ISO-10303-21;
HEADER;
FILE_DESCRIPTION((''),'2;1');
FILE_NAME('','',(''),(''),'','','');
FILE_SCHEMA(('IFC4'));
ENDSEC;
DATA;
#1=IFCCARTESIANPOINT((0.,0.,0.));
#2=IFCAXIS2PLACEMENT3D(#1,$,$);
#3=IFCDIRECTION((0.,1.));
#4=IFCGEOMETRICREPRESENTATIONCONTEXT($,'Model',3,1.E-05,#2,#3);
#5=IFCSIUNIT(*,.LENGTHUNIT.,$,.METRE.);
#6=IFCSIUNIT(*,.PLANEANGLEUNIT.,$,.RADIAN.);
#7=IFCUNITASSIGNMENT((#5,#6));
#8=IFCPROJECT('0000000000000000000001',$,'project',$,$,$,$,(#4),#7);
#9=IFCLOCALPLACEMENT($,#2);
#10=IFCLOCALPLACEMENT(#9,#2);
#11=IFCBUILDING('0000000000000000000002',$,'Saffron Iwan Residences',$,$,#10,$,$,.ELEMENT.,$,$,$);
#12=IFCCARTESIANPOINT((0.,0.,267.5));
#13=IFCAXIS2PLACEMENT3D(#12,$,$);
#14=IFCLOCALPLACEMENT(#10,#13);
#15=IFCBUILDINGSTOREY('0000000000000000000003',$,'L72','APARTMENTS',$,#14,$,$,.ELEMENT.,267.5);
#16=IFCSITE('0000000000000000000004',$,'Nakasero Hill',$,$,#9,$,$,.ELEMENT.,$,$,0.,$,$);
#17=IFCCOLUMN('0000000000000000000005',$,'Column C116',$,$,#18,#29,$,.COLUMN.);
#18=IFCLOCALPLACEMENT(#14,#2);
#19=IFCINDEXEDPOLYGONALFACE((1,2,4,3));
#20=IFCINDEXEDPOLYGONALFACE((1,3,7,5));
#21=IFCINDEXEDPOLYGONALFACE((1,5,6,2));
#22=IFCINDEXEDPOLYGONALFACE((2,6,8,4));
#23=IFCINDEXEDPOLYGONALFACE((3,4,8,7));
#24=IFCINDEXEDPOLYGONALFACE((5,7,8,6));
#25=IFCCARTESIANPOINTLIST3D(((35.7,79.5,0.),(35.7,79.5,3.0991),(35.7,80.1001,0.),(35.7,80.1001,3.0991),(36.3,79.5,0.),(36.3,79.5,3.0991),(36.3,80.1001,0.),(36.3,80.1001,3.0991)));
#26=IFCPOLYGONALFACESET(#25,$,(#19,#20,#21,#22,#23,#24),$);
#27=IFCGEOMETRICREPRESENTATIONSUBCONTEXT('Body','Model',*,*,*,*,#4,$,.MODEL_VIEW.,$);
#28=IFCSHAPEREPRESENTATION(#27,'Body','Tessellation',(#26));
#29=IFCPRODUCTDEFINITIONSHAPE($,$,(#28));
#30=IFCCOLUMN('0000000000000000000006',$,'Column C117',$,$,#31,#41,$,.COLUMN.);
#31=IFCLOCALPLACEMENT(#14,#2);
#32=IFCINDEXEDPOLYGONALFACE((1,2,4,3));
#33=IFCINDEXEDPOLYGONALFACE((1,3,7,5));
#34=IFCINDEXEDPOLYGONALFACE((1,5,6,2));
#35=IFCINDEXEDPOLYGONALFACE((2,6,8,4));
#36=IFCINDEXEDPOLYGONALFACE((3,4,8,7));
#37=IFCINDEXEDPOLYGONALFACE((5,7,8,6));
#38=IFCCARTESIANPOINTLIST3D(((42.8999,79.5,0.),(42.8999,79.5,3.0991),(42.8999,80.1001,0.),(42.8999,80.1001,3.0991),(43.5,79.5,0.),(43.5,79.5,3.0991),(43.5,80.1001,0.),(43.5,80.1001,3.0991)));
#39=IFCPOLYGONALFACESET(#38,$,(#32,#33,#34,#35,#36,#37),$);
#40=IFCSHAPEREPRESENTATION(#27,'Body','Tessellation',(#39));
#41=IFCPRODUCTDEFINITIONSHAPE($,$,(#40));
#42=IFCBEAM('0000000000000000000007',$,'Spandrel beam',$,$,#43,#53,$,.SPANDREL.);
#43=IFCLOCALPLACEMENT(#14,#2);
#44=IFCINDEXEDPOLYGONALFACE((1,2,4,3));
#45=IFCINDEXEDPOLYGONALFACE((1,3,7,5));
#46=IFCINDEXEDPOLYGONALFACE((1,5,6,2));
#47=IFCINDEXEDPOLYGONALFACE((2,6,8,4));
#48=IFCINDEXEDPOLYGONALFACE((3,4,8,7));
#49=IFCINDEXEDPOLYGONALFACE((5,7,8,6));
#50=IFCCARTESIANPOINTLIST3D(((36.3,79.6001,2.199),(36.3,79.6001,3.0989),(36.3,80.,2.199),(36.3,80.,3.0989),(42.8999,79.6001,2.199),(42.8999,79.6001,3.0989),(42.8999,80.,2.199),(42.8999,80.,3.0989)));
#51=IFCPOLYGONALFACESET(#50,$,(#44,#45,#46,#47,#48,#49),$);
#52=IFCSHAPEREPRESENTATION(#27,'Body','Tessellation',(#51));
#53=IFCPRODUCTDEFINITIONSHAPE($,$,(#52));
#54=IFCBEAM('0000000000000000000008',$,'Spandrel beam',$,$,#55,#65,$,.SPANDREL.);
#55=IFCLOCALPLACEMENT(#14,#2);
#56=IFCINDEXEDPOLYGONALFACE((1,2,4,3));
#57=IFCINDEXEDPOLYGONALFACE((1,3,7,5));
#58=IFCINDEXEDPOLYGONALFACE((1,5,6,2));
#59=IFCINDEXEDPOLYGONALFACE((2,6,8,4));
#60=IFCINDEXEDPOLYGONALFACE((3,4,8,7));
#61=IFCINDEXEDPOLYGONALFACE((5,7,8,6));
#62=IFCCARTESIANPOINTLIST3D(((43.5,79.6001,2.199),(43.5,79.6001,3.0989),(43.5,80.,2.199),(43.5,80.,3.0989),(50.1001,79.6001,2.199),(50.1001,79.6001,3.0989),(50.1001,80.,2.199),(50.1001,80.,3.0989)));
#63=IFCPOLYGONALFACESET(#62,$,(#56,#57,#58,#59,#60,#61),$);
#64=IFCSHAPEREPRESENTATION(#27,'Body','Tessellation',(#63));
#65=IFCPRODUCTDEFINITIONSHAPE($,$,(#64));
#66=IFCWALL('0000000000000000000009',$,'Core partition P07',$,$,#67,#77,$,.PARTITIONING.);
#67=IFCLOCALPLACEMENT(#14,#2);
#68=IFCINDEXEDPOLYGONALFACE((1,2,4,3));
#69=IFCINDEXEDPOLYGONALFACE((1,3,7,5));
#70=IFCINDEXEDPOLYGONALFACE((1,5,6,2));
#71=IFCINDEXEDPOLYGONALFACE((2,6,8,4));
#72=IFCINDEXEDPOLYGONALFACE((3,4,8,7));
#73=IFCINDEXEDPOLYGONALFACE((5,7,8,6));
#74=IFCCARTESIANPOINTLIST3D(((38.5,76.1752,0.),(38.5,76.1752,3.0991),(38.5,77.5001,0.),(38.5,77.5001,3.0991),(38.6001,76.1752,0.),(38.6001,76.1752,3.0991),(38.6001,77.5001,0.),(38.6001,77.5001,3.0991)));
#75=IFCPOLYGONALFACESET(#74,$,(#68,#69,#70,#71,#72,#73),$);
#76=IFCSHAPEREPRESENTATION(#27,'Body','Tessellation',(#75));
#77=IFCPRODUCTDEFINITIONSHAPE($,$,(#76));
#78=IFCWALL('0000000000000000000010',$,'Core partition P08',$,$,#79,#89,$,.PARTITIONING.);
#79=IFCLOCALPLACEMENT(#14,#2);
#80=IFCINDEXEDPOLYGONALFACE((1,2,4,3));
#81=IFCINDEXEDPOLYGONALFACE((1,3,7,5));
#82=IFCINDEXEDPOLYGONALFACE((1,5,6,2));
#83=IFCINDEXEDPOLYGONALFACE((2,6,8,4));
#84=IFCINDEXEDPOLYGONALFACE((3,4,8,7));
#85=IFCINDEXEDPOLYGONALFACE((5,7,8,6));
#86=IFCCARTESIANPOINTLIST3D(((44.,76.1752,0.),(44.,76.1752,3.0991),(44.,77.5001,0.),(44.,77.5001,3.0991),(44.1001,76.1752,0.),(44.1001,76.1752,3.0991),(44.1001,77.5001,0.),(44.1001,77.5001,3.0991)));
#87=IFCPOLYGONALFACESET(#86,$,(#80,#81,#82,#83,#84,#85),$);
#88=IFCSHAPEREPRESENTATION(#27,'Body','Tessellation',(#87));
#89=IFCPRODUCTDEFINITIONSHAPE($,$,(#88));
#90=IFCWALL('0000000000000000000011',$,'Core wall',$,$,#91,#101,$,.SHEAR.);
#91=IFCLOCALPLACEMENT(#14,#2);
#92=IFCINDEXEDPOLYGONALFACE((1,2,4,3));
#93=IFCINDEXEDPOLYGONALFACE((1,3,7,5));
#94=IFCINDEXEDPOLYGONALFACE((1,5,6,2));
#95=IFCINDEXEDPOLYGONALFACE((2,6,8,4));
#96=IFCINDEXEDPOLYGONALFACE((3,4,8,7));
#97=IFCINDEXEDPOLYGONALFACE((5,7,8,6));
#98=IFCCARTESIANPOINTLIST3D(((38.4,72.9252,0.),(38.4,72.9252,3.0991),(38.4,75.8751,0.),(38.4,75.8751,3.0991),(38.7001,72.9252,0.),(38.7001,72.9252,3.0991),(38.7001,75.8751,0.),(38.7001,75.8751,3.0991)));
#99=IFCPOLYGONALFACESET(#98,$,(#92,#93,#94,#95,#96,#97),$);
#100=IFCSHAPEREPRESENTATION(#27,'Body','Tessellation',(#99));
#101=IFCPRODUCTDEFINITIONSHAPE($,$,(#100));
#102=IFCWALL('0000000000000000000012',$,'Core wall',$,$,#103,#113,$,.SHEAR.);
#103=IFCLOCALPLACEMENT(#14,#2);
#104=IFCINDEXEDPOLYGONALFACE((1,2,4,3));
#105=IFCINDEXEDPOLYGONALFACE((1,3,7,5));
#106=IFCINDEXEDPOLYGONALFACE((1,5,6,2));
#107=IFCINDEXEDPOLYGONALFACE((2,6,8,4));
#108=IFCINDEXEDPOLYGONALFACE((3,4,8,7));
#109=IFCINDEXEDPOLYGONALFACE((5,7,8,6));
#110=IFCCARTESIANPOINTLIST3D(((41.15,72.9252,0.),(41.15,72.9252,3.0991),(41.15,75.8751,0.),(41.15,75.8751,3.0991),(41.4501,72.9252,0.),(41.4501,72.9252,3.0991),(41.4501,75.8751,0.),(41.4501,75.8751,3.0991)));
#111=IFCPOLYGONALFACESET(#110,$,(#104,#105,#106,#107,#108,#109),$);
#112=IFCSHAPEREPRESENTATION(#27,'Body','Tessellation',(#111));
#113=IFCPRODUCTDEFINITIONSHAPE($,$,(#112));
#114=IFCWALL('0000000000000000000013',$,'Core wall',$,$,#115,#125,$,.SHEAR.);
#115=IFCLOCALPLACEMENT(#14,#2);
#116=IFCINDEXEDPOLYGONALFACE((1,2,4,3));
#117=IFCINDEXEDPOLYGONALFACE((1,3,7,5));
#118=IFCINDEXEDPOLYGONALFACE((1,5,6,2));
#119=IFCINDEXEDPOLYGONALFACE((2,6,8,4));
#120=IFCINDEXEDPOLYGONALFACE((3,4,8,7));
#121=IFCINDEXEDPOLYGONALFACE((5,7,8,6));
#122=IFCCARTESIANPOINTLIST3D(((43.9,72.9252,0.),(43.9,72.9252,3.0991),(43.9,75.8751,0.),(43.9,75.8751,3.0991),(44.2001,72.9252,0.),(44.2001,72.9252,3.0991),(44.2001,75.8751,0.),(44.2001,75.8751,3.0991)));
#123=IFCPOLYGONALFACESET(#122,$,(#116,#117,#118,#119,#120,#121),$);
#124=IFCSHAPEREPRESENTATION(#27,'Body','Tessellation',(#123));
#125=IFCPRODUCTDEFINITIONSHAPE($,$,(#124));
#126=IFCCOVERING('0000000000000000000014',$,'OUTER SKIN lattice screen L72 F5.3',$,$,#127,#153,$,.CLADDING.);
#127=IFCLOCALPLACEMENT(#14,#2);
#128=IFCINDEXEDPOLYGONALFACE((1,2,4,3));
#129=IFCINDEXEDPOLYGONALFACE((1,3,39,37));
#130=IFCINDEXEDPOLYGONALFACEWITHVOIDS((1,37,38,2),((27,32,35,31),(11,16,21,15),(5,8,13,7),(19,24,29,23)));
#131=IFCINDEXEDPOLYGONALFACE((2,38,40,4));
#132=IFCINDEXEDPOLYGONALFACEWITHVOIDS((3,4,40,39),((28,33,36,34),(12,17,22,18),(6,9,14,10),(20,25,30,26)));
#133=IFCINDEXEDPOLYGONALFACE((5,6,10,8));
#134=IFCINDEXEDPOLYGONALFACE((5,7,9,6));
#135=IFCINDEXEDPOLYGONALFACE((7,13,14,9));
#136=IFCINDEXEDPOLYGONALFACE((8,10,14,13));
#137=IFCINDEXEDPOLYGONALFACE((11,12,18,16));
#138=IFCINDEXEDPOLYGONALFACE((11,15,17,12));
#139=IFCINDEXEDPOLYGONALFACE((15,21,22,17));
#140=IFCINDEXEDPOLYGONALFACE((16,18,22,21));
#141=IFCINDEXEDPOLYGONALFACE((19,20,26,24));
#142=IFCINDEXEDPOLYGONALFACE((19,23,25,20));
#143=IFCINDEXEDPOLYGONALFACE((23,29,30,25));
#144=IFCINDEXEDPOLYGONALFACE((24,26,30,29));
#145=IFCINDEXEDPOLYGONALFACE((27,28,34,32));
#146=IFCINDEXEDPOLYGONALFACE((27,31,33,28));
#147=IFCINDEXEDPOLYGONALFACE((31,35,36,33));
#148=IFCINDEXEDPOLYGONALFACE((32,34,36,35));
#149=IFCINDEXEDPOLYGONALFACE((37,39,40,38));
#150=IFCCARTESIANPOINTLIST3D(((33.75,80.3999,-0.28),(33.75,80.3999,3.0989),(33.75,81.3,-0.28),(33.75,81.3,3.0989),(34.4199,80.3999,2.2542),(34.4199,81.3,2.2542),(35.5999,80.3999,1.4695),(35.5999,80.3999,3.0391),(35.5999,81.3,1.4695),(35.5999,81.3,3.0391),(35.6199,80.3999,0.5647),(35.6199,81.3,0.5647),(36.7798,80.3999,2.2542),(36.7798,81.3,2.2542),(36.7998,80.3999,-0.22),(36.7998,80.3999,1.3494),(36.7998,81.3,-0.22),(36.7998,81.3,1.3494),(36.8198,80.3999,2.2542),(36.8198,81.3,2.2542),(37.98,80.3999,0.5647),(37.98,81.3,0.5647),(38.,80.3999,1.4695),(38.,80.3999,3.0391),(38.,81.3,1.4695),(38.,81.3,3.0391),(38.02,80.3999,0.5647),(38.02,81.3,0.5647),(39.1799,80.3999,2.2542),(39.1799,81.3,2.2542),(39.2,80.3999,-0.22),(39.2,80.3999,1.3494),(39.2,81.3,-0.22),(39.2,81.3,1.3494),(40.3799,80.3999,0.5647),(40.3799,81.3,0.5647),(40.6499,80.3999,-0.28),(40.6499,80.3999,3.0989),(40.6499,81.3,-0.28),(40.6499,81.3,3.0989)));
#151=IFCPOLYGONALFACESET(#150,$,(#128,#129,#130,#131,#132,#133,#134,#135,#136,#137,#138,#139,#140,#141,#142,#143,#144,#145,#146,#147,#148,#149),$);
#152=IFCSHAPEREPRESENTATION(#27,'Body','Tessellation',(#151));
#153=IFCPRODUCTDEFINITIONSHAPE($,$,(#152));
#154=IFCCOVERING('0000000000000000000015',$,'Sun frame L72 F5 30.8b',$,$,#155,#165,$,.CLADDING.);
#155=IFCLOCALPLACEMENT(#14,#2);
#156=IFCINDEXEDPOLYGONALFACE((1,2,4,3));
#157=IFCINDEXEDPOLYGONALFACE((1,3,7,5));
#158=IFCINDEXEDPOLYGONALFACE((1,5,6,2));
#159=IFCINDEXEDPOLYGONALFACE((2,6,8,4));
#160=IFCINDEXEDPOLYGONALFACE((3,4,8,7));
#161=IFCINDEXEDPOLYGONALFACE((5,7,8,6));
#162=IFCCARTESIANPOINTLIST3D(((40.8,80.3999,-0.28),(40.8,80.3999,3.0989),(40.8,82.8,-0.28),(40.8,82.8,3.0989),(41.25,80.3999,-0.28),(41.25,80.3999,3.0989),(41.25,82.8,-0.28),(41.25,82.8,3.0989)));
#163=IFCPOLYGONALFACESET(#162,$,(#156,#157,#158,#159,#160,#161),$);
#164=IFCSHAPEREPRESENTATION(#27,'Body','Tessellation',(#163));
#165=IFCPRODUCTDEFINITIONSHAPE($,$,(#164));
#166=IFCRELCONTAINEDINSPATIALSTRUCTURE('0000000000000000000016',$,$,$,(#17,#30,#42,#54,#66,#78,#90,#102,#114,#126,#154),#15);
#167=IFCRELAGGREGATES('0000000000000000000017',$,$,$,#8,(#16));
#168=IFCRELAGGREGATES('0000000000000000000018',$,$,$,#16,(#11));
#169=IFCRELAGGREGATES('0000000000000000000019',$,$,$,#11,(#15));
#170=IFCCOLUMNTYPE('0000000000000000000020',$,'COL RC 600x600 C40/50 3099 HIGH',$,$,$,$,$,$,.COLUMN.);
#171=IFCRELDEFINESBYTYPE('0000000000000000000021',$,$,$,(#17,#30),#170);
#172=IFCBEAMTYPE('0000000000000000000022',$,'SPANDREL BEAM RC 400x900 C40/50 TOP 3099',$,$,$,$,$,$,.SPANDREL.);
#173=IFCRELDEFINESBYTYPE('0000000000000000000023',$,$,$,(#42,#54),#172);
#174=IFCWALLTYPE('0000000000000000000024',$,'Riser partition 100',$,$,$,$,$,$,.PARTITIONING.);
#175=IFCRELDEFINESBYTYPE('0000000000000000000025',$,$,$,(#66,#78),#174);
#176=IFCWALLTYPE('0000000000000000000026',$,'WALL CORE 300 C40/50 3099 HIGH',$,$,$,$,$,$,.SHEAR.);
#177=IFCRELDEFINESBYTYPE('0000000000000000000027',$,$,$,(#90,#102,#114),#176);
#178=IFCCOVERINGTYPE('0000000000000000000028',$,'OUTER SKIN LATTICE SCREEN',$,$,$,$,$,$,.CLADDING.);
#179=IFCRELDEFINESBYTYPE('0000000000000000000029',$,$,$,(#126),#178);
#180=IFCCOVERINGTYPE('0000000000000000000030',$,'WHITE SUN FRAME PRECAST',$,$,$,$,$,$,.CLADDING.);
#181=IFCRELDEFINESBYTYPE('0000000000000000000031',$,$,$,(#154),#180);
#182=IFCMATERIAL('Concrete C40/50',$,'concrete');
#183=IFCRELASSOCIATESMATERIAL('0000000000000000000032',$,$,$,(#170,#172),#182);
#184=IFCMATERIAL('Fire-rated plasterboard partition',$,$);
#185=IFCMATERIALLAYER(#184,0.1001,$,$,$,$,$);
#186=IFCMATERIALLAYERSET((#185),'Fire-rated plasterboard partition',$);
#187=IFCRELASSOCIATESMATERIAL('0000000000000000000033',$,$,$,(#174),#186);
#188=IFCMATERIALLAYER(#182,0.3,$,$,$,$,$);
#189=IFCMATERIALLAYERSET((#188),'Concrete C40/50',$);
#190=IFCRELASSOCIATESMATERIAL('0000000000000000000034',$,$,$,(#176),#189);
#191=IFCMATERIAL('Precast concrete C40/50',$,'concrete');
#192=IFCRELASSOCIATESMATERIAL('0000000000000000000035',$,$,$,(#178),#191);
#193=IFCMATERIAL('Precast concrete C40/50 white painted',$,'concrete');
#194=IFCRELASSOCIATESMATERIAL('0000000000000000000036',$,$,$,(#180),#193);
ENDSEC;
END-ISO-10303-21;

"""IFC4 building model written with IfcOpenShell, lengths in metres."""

from ifc_helpers import new_model, si_unit, direction, frame, frame_2d, origin, origin_2d, place, context, subcontext, project, spatial, polyline, rectangle, outline, extrude, source, transform, mapped, material, layer, layer_set, material_profile, profile_set, type_object, element, save


model = new_model("IFC4")

# Units and contexts
model_context = context("Model", 3, precision=1e-05, world=origin(), true_north=direction((0.0, 1.0)))
body_context = subcontext(model_context, "Body", "Model", "MODEL_VIEW")
ifc_project = project(units=[si_unit("LENGTHUNIT", "METRE"), si_unit("PLANEANGLEUNIT", "RADIAN")], contexts=[model_context])

# Site, building, storey
site_placement = place(None, origin())
site = spatial("IfcSite", under=ifc_project, at=site_placement, Name="Nakasero Hill", CompositionType="ELEMENT", RefElevation=0.0)
building_placement = place(site_placement, origin())
building = spatial("IfcBuilding", under=site, at=building_placement, Name="Saffron Iwan Residences", CompositionType="ELEMENT")
storey_placement = place(building_placement, frame((0.0, 0.0, 267.5)))
storey = spatial("IfcBuildingStorey", under=building, at=storey_placement, Name="L72", Description="APARTMENTS", CompositionType="ELEMENT", Elevation=267.5)

# Columns
ifc_material_1 = material(Name="Concrete C40/50", Category="concrete")
ifc_material_profile_1 = material_profile(ifc_material_1, rectangle(XDim=0.6001, YDim=0.6001, at=origin_2d()), Name="RC 600x600")
ifc_profile_set_1 = profile_set([ifc_material_profile_1], Name="Concrete C40/50")
column_type = type_object("IfcColumnType", Name="COL RC 600x600 C40/50 3099 HIGH", PredefinedType="COLUMN", material=ifc_profile_set_1)
shared_shape_1 = source(origin(), body_context, "Body", "SweptSolid", [
    extrude(rectangle(XDim=0.6001, YDim=0.6001, at=origin_2d()), origin(), (0.0, 0.0, 1.0), 3.0991),
])
for number, where, z_axis, x_axis, name in (
    (1, (36.0, 79.8, 0.0), (0.0, 0.0, 1.0), (1.0, 0.0, 0.0), "Column C116"),
    (2, (43.2, 79.8, 0.0), (0.0, 0.0, 1.0), (1.0, 0.0, 0.0), "Column C117"),
):
    element("IfcColumn", number, at=place(storey_placement, frame(where, z_axis=z_axis, x_axis=x_axis)), inside=storey, type_object=column_type, Name=name, PredefinedType="COLUMN", context=body_context, shape_type="MappedRepresentation", body=[
        mapped(shared_shape_1, transform((0.0, 0.0, 0.0))),
    ])

# Beams
ifc_material_profile_2 = material_profile(ifc_material_1, rectangle(XDim=0.3999, YDim=0.8999, at=origin_2d()), Name="RC 400x900")
ifc_profile_set_2 = profile_set([ifc_material_profile_2], Name="Concrete C40/50")
beam_type = type_object("IfcBeamType", Name="SPANDREL BEAM RC 400x900 C40/50 TOP 3099", PredefinedType="SPANDREL", material=ifc_profile_set_2)
shared_shape_2 = source(origin(), body_context, "Body", "SweptSolid", [
    extrude(rectangle(XDim=0.3999, YDim=0.8999, at=origin_2d()), origin(), (0.0, 0.0, 1.0), 6.5999),
])
beam_1_placement = place(storey_placement, frame((36.3, 79.8, 2.6489), z_axis=(1.0, 0.0, 0.0), x_axis=(0.0, 1.0, 0.0)))
element("IfcBeam", 3, at=beam_1_placement, inside=storey, type_object=beam_type, Name="Spandrel beam", PredefinedType="SPANDREL", context=body_context, shape_type="MappedRepresentation", body=[
    mapped(shared_shape_2, transform((0.0, 0.0, 0.0))),
])
shared_shape_3 = source(origin(), body_context, "Body", "SweptSolid", [
    extrude(rectangle(XDim=0.3999, YDim=0.8999, at=origin_2d()), origin(), (0.0, 0.0, 1.0), 6.6001),
])
beam_2_placement = place(storey_placement, frame((43.5, 79.8, 2.6489), z_axis=(1.0, 0.0, 0.0), x_axis=(0.0, 1.0, 0.0)))
element("IfcBeam", 4, at=beam_2_placement, inside=storey, type_object=beam_type, Name="Spandrel beam", PredefinedType="SPANDREL", context=body_context, shape_type="MappedRepresentation", body=[
    mapped(shared_shape_3, transform((0.0, 0.0, 0.0))),
])

# Walls
ifc_material_2 = material(Name="Fire-rated plasterboard partition")
ifc_layer_1 = layer(ifc_material_2, 0.1001)
ifc_layer_set_1 = layer_set([ifc_layer_1], Name="Fire-rated plasterboard partition")
wall_type_1 = type_object("IfcWallType", Name="Riser partition 100", PredefinedType="PARTITIONING", material=ifc_layer_set_1)
for number, where, z_axis, x_axis, name in (
    (5, (38.55, 76.175, 0.0), (0.0, 0.0, 1.0), (0.0, 1.0, 0.0), "Core partition P07"),
    (6, (44.05, 76.175, 0.0), (0.0, 0.0, 1.0), (0.0, 1.0, 0.0), "Core partition P08"),
):
    element("IfcWall", number, at=place(storey_placement, frame(where, z_axis=z_axis, x_axis=x_axis)), inside=storey, type_object=wall_type_1, Name=name, PredefinedType="PARTITIONING", context=body_context, shape_type="SweptSolid", body=[
        extrude(rectangle(XDim=1.325, YDim=0.1001, at=frame_2d((0.6626, 0.0))), origin(), (0.0, 0.0, 1.0), 3.0991),
    ])
ifc_layer_2 = layer(ifc_material_1, 0.3)
ifc_layer_set_2 = layer_set([ifc_layer_2], Name="Concrete C40/50")
wall_type_2 = type_object("IfcWallType", Name="WALL CORE 300 C40/50 3099 HIGH", PredefinedType="SHEAR", material=ifc_layer_set_2)
for number, where, z_axis, x_axis, name in (
    (7, (38.55, 72.925, 0.0), (0.0, 0.0, 1.0), (0.0, 1.0, 0.0), "Core wall"),
    (8, (41.3, 72.925, 0.0), (0.0, 0.0, 1.0), (0.0, 1.0, 0.0), "Core wall"),
    (9, (44.05, 72.925, 0.0), (0.0, 0.0, 1.0), (0.0, 1.0, 0.0), "Core wall"),
):
    element("IfcWall", number, at=place(storey_placement, frame(where, z_axis=z_axis, x_axis=x_axis)), inside=storey, type_object=wall_type_2, Name=name, PredefinedType="SHEAR", context=body_context, shape_type="SweptSolid", body=[
        extrude(rectangle(XDim=2.95, YDim=0.3, at=frame_2d((1.4751, 0.0))), origin(), (0.0, 0.0, 1.0), 3.0991),
    ])

# Coverings
ifc_material_3 = material(Name="Precast concrete C40/50", Category="concrete")
covering_type_1 = type_object("IfcCoveringType", Name="OUTER SKIN LATTICE SCREEN", PredefinedType="CLADDING", material=ifc_material_3)
covering_1_placement = place(storey_placement, frame((40.6499, 80.3999, -0.28), z_axis=(0.0, 1.0, 0.0), x_axis=(-1.0, 0.0, 0.0)))
element("IfcCovering", 10, at=covering_1_placement, inside=storey, type_object=covering_type_1, Name="OUTER SKIN lattice screen L72 F5.3", PredefinedType="CLADDING", context=body_context, shape_type="SweptSolid", body=[
    extrude(outline(polyline([(0.0, 0.0), (6.8999, 0.0), (6.8999, 3.3789), (0.0, 3.3789), (0.0, 0.0)]), holes=[polyline([(0.27, 0.8447), (1.45, 0.0601), (2.6299, 0.8447), (1.45, 1.6294), (0.27, 0.8447)]), polyline([(2.6699, 0.8447), (3.8501, 0.0601), (5.03, 0.8447), (3.8501, 1.6294), (2.6699, 0.8447)]), polyline([(1.47, 2.5342), (2.6499, 1.7495), (3.8301, 2.5342), (2.6499, 3.3191), (1.47, 2.5342)]), polyline([(3.8701, 2.5342), (5.05, 1.7495), (6.23, 2.5342), (5.05, 3.3191), (3.8701, 2.5342)])]), origin(), (0.0, 0.0, 1.0), 0.9001),
])
ifc_material_4 = material(Name="Precast concrete C40/50 white painted", Category="concrete")
covering_type_2 = type_object("IfcCoveringType", Name="WHITE SUN FRAME PRECAST", PredefinedType="CLADDING", material=ifc_material_4)
covering_2_placement = place(storey_placement, frame((41.25, 80.3999, -0.28), z_axis=(0.0, 1.0, 0.0), x_axis=(-1.0, 0.0, 0.0)))
element("IfcCovering", 11, at=covering_2_placement, inside=storey, type_object=covering_type_2, Name="Sun frame L72 F5 30.8b", PredefinedType="CLADDING", context=body_context, shape_type="SweptSolid", body=[
    extrude(outline(polyline([(0.0, 0.0), (0.45, 0.0), (0.45, 3.3789), (0.0, 3.3789), (0.0, 0.0)])), origin(), (0.0, 0.0, 1.0), 2.4001),
])

save(model, "model.ifc")
